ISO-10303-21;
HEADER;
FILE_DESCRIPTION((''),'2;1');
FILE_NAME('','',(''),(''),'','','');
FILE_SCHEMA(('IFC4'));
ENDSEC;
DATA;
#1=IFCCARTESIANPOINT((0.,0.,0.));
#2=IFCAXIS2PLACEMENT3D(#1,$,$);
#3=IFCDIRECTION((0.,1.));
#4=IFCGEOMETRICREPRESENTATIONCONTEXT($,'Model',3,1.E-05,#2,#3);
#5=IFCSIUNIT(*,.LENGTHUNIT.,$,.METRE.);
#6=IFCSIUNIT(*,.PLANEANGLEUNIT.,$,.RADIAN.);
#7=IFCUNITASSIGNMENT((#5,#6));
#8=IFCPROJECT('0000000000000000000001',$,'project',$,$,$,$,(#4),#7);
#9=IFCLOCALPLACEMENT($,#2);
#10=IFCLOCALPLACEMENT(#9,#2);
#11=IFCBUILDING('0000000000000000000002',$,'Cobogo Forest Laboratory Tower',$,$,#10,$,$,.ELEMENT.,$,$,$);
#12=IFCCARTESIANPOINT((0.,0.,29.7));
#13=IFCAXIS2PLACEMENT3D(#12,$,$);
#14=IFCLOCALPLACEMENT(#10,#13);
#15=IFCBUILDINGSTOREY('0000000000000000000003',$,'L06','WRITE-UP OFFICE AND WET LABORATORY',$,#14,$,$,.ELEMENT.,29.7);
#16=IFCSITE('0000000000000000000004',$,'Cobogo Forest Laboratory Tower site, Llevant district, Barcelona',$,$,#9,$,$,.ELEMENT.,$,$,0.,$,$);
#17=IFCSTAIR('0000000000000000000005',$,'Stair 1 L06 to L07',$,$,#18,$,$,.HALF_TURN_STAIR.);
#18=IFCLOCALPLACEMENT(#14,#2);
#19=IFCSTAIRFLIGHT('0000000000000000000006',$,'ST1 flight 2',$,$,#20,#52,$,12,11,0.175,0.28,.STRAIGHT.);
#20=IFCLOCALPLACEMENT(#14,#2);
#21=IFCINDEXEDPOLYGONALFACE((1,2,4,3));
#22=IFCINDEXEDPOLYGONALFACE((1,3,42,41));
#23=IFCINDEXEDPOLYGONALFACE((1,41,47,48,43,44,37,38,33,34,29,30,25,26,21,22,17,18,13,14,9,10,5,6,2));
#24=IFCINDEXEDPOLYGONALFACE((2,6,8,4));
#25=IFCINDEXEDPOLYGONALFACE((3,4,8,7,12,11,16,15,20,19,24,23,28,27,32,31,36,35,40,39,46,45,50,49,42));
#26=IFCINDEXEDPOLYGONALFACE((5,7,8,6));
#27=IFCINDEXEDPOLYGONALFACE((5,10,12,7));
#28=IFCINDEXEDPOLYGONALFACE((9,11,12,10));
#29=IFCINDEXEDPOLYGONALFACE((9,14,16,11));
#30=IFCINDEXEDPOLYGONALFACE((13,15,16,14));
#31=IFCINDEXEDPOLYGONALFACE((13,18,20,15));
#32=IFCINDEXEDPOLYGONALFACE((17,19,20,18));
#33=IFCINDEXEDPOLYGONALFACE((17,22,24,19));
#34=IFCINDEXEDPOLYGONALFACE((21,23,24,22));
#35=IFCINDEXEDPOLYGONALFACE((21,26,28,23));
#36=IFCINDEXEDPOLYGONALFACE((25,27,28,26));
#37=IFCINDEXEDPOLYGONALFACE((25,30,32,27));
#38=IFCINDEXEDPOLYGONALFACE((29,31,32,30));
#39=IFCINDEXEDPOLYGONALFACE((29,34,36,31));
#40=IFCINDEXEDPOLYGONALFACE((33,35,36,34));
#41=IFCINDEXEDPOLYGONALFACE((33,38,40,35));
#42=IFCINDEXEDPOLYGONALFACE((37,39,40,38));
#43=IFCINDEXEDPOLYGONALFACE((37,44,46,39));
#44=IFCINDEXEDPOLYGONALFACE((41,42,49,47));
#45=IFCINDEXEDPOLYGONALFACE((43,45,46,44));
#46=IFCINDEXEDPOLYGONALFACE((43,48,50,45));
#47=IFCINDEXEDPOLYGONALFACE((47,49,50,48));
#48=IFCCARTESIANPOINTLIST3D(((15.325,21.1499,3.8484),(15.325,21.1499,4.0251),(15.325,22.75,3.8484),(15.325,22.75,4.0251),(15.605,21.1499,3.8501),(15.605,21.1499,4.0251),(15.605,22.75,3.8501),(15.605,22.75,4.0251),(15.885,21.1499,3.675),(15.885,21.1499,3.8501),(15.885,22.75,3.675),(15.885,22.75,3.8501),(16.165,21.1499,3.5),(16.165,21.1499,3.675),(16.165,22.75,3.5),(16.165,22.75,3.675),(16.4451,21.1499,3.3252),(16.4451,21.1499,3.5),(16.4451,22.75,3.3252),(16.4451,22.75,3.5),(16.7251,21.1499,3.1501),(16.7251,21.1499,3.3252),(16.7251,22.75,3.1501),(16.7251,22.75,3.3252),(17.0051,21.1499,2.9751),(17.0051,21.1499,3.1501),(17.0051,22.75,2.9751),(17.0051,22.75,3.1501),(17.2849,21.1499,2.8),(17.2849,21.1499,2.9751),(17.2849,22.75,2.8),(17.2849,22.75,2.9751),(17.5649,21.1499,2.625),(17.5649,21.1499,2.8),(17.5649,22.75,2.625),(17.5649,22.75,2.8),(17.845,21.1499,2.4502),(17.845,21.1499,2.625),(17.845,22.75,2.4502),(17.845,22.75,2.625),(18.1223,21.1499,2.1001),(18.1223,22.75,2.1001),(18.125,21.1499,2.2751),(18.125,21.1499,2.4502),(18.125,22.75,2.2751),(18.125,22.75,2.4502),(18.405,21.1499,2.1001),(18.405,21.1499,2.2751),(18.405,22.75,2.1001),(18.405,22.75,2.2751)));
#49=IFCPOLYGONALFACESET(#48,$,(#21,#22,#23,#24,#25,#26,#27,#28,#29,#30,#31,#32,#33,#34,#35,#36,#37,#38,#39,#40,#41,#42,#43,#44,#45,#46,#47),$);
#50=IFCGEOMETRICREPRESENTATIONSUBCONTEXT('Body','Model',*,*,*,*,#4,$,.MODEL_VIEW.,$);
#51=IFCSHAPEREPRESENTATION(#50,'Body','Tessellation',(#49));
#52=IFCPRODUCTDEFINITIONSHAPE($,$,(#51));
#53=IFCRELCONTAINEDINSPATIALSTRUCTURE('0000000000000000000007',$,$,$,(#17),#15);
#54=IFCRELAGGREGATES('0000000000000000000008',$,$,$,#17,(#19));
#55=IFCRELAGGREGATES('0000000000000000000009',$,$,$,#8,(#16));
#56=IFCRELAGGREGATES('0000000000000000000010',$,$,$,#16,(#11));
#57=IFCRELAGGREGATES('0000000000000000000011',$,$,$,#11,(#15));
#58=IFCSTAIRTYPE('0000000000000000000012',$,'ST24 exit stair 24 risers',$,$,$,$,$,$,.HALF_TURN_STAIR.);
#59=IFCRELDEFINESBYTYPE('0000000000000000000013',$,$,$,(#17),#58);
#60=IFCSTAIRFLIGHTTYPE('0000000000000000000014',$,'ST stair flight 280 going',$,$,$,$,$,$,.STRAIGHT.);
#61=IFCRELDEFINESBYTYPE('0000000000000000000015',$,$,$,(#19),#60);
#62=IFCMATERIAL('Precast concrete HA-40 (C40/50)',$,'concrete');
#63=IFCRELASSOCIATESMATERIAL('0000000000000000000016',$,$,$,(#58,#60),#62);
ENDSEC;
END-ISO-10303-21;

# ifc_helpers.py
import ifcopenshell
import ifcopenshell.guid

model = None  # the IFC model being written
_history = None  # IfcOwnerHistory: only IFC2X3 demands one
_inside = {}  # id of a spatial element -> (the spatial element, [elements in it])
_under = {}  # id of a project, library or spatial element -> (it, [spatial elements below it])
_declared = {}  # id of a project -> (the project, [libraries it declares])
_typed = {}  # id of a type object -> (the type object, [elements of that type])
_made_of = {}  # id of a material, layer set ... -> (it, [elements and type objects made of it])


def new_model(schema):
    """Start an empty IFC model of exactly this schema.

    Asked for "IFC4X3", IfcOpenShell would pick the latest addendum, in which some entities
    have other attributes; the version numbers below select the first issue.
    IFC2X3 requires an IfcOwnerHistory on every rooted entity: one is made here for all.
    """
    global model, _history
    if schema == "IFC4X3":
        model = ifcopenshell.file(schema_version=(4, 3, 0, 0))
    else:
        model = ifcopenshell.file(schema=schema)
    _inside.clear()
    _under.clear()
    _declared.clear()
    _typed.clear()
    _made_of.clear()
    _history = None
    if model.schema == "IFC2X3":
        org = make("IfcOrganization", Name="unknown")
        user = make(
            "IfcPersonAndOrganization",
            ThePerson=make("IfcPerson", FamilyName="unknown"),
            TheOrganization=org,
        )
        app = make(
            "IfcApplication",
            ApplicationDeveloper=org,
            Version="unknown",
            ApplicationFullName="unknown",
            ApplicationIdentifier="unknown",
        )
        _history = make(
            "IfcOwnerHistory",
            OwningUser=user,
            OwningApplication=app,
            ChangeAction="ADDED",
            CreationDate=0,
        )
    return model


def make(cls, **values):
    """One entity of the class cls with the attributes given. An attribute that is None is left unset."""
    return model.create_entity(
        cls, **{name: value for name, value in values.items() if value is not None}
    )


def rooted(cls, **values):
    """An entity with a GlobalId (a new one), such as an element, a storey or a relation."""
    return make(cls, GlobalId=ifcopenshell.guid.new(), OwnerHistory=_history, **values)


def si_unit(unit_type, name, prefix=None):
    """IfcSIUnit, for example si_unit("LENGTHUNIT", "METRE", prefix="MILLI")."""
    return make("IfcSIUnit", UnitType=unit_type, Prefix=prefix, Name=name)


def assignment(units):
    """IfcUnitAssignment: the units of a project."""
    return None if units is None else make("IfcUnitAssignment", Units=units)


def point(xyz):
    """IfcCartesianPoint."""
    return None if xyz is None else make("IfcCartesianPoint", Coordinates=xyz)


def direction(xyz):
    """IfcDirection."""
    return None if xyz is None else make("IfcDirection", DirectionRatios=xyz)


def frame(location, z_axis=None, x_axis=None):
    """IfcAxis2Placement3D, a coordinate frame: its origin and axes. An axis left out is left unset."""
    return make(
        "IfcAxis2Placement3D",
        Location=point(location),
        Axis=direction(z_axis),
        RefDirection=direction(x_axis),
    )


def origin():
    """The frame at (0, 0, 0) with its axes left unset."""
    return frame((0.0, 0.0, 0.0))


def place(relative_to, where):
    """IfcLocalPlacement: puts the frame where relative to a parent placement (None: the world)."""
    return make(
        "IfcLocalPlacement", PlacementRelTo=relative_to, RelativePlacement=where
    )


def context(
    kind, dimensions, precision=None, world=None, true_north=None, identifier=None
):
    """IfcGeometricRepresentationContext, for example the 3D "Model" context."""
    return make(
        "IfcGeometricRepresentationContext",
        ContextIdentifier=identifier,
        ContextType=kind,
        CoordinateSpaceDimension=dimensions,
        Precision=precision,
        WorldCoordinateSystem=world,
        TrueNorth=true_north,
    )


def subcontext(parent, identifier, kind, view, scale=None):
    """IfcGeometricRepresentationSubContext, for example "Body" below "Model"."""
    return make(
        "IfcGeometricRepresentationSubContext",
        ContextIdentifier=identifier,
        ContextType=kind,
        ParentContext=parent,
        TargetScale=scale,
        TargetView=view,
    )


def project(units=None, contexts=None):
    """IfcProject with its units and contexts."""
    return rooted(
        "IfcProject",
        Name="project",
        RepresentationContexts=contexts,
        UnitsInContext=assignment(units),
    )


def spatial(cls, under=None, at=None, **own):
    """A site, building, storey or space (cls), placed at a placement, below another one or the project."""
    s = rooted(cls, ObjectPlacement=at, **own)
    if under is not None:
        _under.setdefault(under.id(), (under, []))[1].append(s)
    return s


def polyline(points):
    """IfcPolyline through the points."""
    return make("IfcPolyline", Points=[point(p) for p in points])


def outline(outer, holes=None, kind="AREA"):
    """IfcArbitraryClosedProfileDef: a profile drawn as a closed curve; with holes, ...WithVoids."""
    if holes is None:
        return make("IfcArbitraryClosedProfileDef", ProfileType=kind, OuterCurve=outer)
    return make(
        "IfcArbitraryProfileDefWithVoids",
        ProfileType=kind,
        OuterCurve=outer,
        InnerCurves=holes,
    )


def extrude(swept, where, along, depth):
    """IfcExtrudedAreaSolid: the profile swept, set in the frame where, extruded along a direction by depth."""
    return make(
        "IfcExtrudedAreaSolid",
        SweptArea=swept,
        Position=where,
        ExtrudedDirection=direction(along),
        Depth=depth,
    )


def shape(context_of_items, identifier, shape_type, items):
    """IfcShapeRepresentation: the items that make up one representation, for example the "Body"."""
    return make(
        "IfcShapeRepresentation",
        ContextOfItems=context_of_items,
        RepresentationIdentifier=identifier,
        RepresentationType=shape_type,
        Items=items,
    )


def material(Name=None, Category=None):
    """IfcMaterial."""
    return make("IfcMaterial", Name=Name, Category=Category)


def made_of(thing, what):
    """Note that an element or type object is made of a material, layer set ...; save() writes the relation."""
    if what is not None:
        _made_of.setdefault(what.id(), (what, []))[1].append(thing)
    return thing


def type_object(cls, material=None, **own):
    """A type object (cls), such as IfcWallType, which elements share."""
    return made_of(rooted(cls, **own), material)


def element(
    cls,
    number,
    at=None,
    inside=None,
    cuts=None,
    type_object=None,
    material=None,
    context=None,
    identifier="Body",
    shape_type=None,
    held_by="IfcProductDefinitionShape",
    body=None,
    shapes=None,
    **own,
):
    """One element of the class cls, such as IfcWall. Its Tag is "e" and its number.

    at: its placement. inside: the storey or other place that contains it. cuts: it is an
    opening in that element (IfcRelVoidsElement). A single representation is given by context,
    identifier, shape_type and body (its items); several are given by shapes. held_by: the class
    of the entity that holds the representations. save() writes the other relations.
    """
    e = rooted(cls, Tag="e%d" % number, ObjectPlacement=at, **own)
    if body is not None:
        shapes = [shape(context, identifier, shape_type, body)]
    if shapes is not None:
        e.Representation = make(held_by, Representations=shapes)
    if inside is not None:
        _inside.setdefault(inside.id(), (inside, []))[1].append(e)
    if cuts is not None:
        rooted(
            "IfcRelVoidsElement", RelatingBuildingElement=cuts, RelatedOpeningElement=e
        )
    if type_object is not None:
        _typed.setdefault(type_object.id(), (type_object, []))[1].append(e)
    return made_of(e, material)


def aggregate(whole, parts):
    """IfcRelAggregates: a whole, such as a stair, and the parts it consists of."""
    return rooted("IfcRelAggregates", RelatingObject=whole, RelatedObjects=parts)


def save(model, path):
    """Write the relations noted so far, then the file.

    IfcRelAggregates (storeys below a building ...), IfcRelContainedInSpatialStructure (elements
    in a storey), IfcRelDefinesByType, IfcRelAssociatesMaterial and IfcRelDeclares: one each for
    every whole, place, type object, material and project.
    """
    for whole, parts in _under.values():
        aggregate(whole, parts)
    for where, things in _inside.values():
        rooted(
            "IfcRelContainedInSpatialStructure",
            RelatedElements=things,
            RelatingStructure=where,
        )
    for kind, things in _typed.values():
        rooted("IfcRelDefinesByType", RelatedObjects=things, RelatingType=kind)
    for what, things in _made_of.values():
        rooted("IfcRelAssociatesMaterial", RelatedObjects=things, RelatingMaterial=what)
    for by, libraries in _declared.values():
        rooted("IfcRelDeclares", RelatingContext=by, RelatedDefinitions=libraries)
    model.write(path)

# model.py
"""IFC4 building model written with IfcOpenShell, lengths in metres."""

from ifc_helpers import new_model, si_unit, direction, frame, origin, place, context, subcontext, project, spatial, polyline, outline, extrude, material, type_object, element, aggregate, save


model = new_model("IFC4")

# Units and contexts
model_context = context("Model", 3, precision=1e-05, world=origin(), true_north=direction((0.0, 1.0)))
body_context = subcontext(model_context, "Body", "Model", "MODEL_VIEW")
ifc_project = project(units=[si_unit("LENGTHUNIT", "METRE"), si_unit("PLANEANGLEUNIT", "RADIAN")], contexts=[model_context])

# Site, building, storey
site_placement = place(None, origin())
site = spatial("IfcSite", under=ifc_project, at=site_placement, Name="Cobogo Forest Laboratory Tower site, Llevant district, Barcelona", CompositionType="ELEMENT", RefElevation=0.0)
building_placement = place(site_placement, origin())
building = spatial("IfcBuilding", under=site, at=building_placement, Name="Cobogo Forest Laboratory Tower", CompositionType="ELEMENT")
storey_placement = place(building_placement, frame((0.0, 0.0, 29.7)))
storey = spatial("IfcBuildingStorey", under=building, at=storey_placement, Name="L06", Description="WRITE-UP OFFICE AND WET LABORATORY", CompositionType="ELEMENT", Elevation=29.7)

# Stair, stair flight
ifc_material_1 = material(Name="Precast concrete HA-40 (C40/50)", Category="concrete")
stair_type = type_object("IfcStairType", Name="ST24 exit stair 24 risers", PredefinedType="HALF_TURN_STAIR", material=ifc_material_1)
stair_placement = place(storey_placement, origin())
stair = element("IfcStair", 1, at=stair_placement, inside=storey, type_object=stair_type, Name="Stair 1 L06 to L07", PredefinedType="HALF_TURN_STAIR")
stair_flight_type = type_object("IfcStairFlightType", Name="ST stair flight 280 going", PredefinedType="STRAIGHT", material=ifc_material_1)
stair_flight_placement = place(storey_placement, frame((18.405, 21.95, 2.1001), z_axis=(0.0, 0.0, 1.0), x_axis=(-1.0, 0.0, 0.0)))
stair_flight = element("IfcStairFlight", 2, at=stair_flight_placement, type_object=stair_flight_type, Name="ST1 flight 2", NumberOfRisers=12, NumberOfTreads=11, PredefinedType="STRAIGHT", RiserHeight=0.175, TreadLength=0.28, context=body_context, shape_type="SweptSolid", body=[
    extrude(outline(polyline([(0.0, 0.0), (0.0, 0.175), (0.28, 0.175), (0.28, 0.3501), (0.5601, 0.3501), (0.5601, 0.5249), (0.8401, 0.5249), (0.8401, 0.7), (1.1201, 0.7), (1.1201, 0.875), (1.3999, 0.875), (1.3999, 1.05), (1.6799, 1.05), (1.6799, 1.2251), (1.96, 1.2251), (1.96, 1.3999), (2.24, 1.3999), (2.24, 1.575), (2.52, 1.575), (2.52, 1.75), (2.8, 1.75), (2.8, 1.925), (3.0801, 1.925), (3.0801, 2.1001), (3.0801, 1.7483), (0.2827, 0.0), (0.0, 0.0)])), frame((0.0, 0.8, 0.0), z_axis=(0.0, -1.0, 0.0), x_axis=(1.0, 0.0, 0.0)), (0.0, 0.0, 1.0), 1.6001),
])
aggregate(stair, [stair_flight])

save(model, "model.ifc")
